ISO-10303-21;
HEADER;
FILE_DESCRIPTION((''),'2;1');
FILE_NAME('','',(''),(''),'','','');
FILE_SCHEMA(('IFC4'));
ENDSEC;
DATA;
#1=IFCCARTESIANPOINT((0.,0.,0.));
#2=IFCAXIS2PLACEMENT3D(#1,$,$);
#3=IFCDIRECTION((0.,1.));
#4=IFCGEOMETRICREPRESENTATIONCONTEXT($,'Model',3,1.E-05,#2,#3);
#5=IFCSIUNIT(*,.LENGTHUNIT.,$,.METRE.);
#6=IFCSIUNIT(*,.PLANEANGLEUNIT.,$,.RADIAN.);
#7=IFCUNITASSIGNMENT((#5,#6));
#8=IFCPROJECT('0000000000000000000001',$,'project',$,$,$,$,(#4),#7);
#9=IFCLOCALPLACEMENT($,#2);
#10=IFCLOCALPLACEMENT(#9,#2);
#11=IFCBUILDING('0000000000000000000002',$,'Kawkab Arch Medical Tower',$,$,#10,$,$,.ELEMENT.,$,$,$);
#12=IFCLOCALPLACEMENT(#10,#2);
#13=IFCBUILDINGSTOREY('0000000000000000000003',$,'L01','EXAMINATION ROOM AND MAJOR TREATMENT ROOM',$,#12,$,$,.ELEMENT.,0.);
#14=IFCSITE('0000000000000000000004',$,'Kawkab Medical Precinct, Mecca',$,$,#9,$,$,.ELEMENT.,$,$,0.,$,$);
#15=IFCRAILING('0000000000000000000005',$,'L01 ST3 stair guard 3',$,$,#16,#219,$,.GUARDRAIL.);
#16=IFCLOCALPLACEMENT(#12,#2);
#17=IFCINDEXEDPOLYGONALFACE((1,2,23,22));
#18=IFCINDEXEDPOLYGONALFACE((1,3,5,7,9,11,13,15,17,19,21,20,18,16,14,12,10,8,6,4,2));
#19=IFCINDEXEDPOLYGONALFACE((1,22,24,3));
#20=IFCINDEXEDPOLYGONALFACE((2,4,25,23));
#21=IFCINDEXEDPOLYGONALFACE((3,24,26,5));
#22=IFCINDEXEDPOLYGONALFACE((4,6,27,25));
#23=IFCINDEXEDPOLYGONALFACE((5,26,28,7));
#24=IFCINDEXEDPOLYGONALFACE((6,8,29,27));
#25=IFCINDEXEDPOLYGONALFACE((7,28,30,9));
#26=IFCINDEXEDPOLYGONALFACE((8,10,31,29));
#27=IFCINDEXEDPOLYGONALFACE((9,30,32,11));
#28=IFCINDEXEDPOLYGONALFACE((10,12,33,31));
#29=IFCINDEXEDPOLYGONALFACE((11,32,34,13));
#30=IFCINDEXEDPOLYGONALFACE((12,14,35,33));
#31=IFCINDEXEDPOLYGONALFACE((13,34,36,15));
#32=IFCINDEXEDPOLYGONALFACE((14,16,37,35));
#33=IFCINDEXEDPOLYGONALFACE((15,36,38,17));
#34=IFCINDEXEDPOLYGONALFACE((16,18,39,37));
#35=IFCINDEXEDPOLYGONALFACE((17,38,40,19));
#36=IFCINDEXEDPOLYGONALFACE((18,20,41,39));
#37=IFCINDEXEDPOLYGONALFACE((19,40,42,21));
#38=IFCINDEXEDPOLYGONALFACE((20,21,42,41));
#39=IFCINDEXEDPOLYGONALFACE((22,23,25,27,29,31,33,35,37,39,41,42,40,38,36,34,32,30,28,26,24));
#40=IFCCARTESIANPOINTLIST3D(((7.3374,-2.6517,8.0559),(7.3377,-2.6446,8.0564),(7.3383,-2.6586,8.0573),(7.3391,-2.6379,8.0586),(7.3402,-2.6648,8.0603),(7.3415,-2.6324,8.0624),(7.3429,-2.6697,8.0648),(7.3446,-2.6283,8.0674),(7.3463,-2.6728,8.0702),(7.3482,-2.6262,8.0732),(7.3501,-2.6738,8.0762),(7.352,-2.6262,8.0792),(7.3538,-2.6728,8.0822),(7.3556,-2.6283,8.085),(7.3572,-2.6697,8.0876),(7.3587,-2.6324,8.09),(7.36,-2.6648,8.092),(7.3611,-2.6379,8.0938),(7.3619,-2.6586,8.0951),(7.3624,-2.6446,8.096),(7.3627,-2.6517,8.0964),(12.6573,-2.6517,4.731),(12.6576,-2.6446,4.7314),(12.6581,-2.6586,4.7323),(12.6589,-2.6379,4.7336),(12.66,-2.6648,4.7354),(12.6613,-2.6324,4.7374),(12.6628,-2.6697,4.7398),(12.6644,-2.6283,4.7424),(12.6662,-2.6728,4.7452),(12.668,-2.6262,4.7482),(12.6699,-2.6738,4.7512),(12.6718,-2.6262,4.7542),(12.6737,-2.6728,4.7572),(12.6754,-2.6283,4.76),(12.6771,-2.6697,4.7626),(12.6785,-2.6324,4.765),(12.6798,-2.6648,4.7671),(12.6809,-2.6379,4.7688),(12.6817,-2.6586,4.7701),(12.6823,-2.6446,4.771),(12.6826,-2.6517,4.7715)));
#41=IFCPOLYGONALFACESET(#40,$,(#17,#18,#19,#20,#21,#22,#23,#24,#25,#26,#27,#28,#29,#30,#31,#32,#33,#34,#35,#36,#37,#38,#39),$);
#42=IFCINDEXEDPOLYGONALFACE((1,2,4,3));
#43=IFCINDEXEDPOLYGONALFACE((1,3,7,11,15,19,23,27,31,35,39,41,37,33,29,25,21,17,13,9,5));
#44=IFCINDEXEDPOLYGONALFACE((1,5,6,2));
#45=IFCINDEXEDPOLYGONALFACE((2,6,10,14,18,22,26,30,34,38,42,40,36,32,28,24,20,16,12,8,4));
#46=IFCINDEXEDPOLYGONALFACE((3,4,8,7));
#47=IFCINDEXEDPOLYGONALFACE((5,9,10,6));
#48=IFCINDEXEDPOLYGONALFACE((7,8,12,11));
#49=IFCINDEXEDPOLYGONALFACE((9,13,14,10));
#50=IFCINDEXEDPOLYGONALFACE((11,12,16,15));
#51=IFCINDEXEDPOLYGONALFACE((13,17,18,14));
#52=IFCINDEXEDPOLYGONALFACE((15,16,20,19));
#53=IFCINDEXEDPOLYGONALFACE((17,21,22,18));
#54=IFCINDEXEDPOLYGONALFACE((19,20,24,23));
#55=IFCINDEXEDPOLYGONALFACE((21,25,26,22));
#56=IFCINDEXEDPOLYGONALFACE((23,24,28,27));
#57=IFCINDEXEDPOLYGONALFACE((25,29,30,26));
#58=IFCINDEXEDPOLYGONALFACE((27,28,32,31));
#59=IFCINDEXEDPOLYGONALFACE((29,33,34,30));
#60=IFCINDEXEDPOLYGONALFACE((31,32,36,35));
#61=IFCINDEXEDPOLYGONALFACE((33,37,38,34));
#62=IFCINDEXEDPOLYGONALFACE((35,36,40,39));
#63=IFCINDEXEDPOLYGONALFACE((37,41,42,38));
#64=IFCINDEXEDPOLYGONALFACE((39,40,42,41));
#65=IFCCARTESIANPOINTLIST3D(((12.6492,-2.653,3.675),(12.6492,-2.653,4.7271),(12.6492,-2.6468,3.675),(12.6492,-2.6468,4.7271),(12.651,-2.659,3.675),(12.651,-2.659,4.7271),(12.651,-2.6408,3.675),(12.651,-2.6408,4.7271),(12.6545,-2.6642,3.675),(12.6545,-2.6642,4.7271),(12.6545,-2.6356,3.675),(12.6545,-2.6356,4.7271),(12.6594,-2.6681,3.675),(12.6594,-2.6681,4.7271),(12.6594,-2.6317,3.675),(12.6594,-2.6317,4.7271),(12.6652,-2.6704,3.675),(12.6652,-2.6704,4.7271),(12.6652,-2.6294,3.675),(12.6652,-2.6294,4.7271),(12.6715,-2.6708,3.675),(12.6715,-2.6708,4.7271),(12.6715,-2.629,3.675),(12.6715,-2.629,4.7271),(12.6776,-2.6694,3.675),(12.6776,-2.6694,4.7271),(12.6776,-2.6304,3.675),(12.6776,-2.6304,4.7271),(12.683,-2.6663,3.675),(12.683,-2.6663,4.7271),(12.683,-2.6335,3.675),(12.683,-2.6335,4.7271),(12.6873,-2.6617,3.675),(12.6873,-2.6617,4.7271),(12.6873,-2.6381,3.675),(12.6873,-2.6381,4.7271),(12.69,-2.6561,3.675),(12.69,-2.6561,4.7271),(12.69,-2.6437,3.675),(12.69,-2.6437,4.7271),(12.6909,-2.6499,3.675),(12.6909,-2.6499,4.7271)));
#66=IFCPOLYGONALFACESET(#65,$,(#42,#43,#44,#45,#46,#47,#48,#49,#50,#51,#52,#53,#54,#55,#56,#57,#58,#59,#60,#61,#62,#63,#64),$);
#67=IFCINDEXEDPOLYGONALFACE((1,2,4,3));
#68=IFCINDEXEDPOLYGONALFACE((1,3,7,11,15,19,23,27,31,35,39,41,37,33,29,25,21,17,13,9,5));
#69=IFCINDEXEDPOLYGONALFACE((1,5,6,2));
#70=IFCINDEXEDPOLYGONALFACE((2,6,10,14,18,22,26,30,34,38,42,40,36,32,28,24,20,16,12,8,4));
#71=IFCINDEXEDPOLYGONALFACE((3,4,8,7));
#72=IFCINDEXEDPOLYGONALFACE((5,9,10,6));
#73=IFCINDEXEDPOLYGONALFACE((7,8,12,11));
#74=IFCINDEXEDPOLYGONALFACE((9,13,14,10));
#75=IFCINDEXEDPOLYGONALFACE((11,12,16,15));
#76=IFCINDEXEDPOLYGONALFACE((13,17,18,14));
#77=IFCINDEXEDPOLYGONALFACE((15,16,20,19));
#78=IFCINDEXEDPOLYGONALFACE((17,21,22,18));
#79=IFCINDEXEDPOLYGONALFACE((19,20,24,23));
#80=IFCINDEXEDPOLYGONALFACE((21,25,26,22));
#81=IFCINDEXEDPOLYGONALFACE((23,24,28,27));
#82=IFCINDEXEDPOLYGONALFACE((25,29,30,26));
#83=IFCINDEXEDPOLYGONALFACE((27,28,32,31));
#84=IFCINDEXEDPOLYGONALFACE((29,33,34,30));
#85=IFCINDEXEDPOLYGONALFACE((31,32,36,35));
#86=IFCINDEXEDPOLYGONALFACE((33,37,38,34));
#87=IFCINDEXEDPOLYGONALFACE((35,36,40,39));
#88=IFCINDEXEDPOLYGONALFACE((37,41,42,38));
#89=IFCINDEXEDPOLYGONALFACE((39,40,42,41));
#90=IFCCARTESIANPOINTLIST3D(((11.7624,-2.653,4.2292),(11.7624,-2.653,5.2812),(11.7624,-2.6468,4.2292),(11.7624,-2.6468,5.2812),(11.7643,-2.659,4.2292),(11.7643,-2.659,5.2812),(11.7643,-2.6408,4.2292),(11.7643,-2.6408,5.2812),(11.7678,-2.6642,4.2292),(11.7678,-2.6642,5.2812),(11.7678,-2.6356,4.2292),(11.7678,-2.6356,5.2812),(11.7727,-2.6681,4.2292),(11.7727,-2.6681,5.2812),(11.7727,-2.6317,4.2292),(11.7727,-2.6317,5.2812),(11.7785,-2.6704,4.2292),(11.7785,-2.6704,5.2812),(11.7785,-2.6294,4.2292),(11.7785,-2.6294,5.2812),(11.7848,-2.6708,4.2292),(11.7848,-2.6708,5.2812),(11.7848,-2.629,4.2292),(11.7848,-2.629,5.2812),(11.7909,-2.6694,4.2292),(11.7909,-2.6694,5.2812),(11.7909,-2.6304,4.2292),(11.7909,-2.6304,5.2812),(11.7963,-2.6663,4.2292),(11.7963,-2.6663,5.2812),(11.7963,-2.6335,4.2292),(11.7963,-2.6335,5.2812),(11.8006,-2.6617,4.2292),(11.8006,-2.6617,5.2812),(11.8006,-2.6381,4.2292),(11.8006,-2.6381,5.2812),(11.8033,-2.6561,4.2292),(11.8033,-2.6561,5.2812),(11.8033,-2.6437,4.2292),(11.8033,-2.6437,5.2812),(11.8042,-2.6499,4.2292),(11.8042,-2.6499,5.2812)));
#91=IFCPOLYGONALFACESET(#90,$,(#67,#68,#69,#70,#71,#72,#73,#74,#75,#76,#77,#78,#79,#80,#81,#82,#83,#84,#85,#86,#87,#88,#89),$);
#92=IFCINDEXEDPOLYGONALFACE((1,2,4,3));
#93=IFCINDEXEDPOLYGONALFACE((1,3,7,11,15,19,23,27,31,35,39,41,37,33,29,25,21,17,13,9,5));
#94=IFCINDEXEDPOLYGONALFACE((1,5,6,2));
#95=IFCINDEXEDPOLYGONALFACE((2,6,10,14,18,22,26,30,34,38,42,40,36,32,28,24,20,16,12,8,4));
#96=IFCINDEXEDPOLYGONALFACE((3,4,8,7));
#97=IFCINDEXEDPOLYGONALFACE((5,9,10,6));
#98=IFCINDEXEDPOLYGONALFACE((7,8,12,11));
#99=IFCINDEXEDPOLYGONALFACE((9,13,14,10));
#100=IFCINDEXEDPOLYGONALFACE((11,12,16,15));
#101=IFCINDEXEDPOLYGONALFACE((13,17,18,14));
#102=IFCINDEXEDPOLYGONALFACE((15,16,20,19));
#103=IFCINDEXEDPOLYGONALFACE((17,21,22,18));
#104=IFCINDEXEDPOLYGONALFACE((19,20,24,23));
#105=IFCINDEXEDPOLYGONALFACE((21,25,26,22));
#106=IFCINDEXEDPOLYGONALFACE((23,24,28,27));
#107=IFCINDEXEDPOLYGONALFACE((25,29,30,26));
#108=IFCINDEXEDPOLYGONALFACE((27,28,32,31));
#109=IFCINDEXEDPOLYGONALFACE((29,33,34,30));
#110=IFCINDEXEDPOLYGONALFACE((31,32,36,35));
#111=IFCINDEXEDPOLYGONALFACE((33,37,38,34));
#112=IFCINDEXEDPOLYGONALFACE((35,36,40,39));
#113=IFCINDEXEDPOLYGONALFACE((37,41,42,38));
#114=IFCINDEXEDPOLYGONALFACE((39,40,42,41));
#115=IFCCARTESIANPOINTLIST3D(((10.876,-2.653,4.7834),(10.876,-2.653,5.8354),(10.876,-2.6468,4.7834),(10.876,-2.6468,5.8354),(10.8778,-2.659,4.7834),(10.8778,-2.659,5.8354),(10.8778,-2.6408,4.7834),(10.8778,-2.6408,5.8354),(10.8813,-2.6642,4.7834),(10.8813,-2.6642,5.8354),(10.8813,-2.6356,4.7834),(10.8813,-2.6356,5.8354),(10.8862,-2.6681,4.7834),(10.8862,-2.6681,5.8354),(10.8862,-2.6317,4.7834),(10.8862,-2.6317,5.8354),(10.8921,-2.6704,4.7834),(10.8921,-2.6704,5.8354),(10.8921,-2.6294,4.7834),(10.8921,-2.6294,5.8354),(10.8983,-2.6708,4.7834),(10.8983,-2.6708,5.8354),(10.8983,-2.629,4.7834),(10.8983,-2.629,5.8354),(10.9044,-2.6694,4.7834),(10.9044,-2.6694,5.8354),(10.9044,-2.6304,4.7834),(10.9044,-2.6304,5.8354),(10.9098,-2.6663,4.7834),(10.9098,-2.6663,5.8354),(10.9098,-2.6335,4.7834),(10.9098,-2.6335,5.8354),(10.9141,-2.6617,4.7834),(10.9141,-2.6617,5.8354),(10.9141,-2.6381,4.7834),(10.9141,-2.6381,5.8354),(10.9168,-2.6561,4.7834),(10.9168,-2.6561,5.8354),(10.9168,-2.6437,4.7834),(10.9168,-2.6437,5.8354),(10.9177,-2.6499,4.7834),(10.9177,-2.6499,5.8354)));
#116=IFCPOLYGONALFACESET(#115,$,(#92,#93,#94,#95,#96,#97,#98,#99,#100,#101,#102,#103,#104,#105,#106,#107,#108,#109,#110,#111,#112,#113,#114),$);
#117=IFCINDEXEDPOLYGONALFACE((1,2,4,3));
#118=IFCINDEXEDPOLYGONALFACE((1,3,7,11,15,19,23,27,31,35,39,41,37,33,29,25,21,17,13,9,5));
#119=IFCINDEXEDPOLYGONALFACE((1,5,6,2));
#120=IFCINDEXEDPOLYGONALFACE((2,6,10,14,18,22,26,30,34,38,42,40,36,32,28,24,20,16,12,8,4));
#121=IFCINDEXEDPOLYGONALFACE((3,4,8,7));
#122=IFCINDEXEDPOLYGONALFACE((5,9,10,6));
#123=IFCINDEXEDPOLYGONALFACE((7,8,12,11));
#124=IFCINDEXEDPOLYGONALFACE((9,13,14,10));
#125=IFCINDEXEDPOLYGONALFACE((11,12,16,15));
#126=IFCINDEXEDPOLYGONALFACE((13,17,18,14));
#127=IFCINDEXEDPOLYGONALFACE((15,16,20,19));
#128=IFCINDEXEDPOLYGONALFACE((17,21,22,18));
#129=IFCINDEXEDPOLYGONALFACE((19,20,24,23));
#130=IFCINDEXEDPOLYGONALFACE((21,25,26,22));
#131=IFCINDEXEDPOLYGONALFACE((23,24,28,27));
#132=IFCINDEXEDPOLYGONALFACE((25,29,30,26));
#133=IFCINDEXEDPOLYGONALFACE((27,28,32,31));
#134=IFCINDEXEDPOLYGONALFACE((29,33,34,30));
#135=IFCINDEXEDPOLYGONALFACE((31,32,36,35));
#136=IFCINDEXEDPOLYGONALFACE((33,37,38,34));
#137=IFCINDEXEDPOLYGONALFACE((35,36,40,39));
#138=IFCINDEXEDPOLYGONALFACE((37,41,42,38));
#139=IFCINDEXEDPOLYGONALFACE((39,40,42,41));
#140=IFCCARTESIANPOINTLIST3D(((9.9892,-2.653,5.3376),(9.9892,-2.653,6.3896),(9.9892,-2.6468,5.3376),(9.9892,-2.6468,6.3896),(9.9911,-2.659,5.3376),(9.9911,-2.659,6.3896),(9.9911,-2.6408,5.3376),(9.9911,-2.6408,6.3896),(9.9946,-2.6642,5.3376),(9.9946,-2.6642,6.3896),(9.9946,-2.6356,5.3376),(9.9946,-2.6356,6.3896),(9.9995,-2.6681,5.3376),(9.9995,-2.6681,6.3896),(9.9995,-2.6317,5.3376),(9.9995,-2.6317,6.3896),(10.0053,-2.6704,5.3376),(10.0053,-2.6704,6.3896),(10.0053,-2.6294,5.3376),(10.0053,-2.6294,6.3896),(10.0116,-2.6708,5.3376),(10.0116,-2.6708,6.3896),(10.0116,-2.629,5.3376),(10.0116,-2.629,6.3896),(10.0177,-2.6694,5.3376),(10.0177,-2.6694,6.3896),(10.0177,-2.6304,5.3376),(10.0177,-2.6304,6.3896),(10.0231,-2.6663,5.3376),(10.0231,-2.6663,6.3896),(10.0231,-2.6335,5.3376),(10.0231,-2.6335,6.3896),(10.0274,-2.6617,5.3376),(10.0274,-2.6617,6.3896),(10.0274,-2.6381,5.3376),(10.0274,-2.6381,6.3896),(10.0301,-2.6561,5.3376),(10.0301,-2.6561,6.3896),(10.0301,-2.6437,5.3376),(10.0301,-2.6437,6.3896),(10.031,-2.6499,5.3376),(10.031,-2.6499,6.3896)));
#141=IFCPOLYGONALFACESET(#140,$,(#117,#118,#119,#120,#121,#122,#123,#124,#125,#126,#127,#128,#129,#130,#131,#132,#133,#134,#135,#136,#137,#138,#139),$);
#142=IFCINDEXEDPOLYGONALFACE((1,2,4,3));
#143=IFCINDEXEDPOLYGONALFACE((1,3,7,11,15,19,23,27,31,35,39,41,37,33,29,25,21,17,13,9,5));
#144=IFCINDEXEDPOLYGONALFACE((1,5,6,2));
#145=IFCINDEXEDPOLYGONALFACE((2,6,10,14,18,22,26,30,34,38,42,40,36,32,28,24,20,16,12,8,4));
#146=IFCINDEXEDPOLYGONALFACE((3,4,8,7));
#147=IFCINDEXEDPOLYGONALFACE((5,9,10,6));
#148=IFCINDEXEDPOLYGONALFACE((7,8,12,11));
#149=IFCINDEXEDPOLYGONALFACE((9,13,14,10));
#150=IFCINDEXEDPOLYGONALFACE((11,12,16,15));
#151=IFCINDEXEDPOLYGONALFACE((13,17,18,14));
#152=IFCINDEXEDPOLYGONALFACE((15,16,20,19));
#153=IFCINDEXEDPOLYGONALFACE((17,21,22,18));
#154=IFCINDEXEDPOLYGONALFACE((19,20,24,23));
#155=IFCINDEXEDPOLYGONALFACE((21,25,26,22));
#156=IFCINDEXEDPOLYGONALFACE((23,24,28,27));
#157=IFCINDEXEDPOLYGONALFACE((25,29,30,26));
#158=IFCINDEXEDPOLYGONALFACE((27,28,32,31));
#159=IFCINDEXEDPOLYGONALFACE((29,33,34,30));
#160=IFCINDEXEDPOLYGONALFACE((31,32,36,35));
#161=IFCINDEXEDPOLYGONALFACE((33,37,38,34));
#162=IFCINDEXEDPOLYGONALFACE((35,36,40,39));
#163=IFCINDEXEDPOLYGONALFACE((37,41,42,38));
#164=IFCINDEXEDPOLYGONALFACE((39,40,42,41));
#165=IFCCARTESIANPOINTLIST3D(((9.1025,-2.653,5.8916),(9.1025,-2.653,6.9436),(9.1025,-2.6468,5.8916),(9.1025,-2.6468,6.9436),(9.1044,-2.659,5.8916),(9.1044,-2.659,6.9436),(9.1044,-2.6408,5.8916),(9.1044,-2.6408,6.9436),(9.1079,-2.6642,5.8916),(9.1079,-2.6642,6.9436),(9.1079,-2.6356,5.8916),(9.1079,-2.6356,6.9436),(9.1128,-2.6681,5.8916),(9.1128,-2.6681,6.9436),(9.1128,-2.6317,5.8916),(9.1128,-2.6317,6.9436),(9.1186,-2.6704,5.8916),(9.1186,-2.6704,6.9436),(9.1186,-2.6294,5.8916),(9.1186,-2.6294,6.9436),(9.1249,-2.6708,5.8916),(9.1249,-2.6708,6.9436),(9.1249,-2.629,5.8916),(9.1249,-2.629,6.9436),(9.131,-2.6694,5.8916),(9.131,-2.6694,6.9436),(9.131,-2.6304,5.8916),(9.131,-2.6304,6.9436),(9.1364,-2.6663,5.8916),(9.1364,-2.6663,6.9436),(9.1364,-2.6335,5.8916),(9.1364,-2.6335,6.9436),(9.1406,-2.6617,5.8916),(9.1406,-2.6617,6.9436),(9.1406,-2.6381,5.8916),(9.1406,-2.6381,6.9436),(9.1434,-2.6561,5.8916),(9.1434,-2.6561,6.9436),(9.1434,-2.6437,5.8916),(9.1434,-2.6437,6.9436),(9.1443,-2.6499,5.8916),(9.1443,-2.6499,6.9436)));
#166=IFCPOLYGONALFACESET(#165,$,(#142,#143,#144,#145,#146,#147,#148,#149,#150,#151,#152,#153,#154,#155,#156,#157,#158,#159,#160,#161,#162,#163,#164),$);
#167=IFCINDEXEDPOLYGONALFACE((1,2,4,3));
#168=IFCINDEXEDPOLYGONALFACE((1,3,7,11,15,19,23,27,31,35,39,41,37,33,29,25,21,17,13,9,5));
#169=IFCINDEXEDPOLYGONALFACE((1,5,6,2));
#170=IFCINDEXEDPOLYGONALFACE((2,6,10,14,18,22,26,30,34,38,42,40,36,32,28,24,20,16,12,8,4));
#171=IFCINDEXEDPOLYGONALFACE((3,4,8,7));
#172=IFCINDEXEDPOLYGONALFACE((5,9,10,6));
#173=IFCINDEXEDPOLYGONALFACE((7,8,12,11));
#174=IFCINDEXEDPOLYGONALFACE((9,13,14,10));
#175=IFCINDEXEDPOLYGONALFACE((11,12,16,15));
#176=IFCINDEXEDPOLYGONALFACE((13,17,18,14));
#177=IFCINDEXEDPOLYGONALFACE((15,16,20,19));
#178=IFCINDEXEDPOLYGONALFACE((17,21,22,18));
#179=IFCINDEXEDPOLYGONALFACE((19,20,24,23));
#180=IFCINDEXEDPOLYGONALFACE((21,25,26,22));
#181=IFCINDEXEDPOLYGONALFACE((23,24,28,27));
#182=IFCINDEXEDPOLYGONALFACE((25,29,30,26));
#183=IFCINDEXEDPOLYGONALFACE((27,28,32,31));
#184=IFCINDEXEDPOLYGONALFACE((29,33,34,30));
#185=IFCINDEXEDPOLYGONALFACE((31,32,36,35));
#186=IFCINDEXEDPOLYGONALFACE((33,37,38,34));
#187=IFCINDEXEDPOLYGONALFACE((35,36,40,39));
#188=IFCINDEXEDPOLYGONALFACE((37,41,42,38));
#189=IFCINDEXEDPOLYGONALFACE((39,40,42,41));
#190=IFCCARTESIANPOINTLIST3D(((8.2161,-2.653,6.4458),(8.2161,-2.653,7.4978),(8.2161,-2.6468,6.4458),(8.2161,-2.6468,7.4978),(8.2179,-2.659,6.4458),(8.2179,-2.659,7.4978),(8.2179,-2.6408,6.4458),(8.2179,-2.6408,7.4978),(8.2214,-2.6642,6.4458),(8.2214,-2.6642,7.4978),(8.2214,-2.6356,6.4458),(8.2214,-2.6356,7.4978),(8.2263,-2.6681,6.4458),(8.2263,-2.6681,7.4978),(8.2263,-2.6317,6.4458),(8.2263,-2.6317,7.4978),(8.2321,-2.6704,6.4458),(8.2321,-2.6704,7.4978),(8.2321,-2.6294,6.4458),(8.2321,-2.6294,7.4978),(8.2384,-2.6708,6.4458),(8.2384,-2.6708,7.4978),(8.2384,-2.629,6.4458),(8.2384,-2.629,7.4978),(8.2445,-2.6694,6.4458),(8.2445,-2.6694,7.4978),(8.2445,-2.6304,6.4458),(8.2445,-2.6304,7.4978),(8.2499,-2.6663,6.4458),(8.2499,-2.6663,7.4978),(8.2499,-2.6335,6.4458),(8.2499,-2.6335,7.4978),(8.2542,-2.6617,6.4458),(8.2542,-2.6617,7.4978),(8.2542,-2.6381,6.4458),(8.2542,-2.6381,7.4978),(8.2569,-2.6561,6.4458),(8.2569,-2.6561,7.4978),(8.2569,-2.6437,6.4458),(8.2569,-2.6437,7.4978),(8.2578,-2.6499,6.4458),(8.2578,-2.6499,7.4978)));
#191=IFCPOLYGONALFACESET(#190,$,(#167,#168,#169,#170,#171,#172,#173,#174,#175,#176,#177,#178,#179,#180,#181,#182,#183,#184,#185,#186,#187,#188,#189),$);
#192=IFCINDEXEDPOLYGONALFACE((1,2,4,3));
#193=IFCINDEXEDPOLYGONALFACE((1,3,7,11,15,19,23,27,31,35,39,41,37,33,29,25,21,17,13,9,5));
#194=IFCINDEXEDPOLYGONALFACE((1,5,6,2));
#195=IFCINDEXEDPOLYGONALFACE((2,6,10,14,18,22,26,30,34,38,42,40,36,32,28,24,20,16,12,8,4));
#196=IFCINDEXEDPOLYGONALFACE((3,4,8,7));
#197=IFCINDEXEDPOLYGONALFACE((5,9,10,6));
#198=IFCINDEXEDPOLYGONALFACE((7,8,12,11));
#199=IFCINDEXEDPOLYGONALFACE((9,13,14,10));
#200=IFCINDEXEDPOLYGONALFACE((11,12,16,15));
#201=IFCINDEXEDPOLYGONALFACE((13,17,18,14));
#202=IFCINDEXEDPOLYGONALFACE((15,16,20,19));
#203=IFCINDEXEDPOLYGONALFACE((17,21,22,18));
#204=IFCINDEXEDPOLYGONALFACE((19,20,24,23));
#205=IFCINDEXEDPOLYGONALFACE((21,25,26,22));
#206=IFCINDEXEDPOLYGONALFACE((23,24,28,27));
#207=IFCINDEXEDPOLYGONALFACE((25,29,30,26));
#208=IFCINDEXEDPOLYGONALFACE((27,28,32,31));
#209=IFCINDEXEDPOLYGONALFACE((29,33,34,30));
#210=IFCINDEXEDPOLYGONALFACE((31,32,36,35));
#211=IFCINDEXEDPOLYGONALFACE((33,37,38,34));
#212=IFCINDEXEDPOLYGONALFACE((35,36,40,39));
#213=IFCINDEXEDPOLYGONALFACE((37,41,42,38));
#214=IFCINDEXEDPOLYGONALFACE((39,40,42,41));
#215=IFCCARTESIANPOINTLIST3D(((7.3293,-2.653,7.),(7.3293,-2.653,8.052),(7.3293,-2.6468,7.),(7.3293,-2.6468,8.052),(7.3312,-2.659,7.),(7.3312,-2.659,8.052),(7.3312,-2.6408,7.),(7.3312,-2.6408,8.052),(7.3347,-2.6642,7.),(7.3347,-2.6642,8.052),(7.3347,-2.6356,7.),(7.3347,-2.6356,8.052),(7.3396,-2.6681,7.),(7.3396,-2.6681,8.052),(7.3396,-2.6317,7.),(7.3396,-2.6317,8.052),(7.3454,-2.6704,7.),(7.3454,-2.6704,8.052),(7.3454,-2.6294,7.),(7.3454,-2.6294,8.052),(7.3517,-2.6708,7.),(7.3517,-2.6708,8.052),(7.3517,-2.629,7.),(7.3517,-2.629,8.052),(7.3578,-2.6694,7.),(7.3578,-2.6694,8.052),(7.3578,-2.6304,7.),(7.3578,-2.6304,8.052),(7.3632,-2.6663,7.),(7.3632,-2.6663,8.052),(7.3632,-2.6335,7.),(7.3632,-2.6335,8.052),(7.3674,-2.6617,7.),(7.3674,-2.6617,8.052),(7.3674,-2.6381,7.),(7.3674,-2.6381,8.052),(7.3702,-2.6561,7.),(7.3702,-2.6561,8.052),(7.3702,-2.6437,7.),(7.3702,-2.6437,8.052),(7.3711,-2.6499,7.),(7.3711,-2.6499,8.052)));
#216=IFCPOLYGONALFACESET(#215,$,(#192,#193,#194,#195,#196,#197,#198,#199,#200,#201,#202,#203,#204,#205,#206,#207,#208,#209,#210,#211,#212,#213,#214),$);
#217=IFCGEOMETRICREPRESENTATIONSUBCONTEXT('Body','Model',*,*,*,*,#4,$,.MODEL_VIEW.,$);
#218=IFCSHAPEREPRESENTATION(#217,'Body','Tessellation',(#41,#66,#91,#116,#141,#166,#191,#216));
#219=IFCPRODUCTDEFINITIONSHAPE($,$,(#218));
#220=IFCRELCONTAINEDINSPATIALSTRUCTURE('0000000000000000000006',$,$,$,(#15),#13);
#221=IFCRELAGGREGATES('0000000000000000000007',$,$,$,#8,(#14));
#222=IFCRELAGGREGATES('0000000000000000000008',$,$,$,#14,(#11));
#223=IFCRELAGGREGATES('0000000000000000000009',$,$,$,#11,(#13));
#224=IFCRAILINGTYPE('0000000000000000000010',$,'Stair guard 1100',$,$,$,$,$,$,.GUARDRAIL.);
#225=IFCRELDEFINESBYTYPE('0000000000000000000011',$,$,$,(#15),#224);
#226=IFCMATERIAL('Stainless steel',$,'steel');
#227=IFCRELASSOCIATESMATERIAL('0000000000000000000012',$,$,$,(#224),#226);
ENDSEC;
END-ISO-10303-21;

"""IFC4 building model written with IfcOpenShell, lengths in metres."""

from ifc_helpers import new_model, si_unit, direction, frame, origin, origin_2d, place, context, subcontext, project, spatial, circle, extrude, material, type_object, element, save


model = new_model("IFC4")

# Units and contexts
model_context = context("Model", 3, precision=1e-05, world=origin(), true_north=direction((0.0, 1.0)))
body_context = subcontext(model_context, "Body", "Model", "MODEL_VIEW")
ifc_project = project(units=[si_unit("LENGTHUNIT", "METRE"), si_unit("PLANEANGLEUNIT", "RADIAN")], contexts=[model_context])

# Site, building, storey
site_placement = place(None, origin())
site = spatial("IfcSite", under=ifc_project, at=site_placement, Name="Kawkab Medical Precinct, Mecca", CompositionType="ELEMENT", RefElevation=0.0)
building_placement = place(site_placement, origin())
building = spatial("IfcBuilding", under=site, at=building_placement, Name="Kawkab Arch Medical Tower", CompositionType="ELEMENT")
storey_placement = place(building_placement, origin())
storey = spatial("IfcBuildingStorey", under=building, at=storey_placement, Name="L01", Description="EXAMINATION ROOM AND MAJOR TREATMENT ROOM", CompositionType="ELEMENT", Elevation=0.0)

# Railing
ifc_material_1 = material(Name="Stainless steel", Category="steel")
railing_type = type_object("IfcRailingType", Name="Stair guard 1100", PredefinedType="GUARDRAIL", material=ifc_material_1)
railing_1_placement = place(storey_placement, frame((12.6699, -2.6499, 3.675)))
element("IfcRailing", 1, at=railing_1_placement, inside=storey, type_object=railing_type, Name="L01 ST3 stair guard 3", PredefinedType="GUARDRAIL", context=body_context, shape_type="SweptSolid", body=[
    extrude(circle(Radius=0.0239, at=origin_2d()), frame((0.0, 0.0, 1.0762), z_axis=(-0.847994, 0.0, 0.530006), x_axis=(0.0, -1.0, 0.0)), (0.0, 0.0, 1.0), 6.2734),
    extrude(circle(Radius=0.021, at=origin_2d()), origin(), (0.0, 0.0, 1.0), 1.052),
    extrude(circle(Radius=0.021, at=origin_2d()), frame((-0.8867, 0.0, 0.5542)), (0.0, 0.0, 1.0), 1.052),
    extrude(circle(Radius=0.021, at=origin_2d()), frame((-1.7732, 0.0, 1.1084)), (0.0, 0.0, 1.0), 1.052),
    extrude(circle(Radius=0.021, at=origin_2d()), frame((-2.6599, 0.0, 1.6626)), (0.0, 0.0, 1.0), 1.052),
    extrude(circle(Radius=0.021, at=origin_2d()), frame((-3.5466, 0.0, 2.2166)), (0.0, 0.0, 1.0), 1.052),
    extrude(circle(Radius=0.021, at=origin_2d()), frame((-4.4331, 0.0, 2.7708)), (0.0, 0.0, 1.0), 1.052),
    extrude(circle(Radius=0.021, at=origin_2d()), frame((-5.3198, 0.0, 3.325)), (0.0, 0.0, 1.0), 1.052),
])

save(model, "model.ifc")
